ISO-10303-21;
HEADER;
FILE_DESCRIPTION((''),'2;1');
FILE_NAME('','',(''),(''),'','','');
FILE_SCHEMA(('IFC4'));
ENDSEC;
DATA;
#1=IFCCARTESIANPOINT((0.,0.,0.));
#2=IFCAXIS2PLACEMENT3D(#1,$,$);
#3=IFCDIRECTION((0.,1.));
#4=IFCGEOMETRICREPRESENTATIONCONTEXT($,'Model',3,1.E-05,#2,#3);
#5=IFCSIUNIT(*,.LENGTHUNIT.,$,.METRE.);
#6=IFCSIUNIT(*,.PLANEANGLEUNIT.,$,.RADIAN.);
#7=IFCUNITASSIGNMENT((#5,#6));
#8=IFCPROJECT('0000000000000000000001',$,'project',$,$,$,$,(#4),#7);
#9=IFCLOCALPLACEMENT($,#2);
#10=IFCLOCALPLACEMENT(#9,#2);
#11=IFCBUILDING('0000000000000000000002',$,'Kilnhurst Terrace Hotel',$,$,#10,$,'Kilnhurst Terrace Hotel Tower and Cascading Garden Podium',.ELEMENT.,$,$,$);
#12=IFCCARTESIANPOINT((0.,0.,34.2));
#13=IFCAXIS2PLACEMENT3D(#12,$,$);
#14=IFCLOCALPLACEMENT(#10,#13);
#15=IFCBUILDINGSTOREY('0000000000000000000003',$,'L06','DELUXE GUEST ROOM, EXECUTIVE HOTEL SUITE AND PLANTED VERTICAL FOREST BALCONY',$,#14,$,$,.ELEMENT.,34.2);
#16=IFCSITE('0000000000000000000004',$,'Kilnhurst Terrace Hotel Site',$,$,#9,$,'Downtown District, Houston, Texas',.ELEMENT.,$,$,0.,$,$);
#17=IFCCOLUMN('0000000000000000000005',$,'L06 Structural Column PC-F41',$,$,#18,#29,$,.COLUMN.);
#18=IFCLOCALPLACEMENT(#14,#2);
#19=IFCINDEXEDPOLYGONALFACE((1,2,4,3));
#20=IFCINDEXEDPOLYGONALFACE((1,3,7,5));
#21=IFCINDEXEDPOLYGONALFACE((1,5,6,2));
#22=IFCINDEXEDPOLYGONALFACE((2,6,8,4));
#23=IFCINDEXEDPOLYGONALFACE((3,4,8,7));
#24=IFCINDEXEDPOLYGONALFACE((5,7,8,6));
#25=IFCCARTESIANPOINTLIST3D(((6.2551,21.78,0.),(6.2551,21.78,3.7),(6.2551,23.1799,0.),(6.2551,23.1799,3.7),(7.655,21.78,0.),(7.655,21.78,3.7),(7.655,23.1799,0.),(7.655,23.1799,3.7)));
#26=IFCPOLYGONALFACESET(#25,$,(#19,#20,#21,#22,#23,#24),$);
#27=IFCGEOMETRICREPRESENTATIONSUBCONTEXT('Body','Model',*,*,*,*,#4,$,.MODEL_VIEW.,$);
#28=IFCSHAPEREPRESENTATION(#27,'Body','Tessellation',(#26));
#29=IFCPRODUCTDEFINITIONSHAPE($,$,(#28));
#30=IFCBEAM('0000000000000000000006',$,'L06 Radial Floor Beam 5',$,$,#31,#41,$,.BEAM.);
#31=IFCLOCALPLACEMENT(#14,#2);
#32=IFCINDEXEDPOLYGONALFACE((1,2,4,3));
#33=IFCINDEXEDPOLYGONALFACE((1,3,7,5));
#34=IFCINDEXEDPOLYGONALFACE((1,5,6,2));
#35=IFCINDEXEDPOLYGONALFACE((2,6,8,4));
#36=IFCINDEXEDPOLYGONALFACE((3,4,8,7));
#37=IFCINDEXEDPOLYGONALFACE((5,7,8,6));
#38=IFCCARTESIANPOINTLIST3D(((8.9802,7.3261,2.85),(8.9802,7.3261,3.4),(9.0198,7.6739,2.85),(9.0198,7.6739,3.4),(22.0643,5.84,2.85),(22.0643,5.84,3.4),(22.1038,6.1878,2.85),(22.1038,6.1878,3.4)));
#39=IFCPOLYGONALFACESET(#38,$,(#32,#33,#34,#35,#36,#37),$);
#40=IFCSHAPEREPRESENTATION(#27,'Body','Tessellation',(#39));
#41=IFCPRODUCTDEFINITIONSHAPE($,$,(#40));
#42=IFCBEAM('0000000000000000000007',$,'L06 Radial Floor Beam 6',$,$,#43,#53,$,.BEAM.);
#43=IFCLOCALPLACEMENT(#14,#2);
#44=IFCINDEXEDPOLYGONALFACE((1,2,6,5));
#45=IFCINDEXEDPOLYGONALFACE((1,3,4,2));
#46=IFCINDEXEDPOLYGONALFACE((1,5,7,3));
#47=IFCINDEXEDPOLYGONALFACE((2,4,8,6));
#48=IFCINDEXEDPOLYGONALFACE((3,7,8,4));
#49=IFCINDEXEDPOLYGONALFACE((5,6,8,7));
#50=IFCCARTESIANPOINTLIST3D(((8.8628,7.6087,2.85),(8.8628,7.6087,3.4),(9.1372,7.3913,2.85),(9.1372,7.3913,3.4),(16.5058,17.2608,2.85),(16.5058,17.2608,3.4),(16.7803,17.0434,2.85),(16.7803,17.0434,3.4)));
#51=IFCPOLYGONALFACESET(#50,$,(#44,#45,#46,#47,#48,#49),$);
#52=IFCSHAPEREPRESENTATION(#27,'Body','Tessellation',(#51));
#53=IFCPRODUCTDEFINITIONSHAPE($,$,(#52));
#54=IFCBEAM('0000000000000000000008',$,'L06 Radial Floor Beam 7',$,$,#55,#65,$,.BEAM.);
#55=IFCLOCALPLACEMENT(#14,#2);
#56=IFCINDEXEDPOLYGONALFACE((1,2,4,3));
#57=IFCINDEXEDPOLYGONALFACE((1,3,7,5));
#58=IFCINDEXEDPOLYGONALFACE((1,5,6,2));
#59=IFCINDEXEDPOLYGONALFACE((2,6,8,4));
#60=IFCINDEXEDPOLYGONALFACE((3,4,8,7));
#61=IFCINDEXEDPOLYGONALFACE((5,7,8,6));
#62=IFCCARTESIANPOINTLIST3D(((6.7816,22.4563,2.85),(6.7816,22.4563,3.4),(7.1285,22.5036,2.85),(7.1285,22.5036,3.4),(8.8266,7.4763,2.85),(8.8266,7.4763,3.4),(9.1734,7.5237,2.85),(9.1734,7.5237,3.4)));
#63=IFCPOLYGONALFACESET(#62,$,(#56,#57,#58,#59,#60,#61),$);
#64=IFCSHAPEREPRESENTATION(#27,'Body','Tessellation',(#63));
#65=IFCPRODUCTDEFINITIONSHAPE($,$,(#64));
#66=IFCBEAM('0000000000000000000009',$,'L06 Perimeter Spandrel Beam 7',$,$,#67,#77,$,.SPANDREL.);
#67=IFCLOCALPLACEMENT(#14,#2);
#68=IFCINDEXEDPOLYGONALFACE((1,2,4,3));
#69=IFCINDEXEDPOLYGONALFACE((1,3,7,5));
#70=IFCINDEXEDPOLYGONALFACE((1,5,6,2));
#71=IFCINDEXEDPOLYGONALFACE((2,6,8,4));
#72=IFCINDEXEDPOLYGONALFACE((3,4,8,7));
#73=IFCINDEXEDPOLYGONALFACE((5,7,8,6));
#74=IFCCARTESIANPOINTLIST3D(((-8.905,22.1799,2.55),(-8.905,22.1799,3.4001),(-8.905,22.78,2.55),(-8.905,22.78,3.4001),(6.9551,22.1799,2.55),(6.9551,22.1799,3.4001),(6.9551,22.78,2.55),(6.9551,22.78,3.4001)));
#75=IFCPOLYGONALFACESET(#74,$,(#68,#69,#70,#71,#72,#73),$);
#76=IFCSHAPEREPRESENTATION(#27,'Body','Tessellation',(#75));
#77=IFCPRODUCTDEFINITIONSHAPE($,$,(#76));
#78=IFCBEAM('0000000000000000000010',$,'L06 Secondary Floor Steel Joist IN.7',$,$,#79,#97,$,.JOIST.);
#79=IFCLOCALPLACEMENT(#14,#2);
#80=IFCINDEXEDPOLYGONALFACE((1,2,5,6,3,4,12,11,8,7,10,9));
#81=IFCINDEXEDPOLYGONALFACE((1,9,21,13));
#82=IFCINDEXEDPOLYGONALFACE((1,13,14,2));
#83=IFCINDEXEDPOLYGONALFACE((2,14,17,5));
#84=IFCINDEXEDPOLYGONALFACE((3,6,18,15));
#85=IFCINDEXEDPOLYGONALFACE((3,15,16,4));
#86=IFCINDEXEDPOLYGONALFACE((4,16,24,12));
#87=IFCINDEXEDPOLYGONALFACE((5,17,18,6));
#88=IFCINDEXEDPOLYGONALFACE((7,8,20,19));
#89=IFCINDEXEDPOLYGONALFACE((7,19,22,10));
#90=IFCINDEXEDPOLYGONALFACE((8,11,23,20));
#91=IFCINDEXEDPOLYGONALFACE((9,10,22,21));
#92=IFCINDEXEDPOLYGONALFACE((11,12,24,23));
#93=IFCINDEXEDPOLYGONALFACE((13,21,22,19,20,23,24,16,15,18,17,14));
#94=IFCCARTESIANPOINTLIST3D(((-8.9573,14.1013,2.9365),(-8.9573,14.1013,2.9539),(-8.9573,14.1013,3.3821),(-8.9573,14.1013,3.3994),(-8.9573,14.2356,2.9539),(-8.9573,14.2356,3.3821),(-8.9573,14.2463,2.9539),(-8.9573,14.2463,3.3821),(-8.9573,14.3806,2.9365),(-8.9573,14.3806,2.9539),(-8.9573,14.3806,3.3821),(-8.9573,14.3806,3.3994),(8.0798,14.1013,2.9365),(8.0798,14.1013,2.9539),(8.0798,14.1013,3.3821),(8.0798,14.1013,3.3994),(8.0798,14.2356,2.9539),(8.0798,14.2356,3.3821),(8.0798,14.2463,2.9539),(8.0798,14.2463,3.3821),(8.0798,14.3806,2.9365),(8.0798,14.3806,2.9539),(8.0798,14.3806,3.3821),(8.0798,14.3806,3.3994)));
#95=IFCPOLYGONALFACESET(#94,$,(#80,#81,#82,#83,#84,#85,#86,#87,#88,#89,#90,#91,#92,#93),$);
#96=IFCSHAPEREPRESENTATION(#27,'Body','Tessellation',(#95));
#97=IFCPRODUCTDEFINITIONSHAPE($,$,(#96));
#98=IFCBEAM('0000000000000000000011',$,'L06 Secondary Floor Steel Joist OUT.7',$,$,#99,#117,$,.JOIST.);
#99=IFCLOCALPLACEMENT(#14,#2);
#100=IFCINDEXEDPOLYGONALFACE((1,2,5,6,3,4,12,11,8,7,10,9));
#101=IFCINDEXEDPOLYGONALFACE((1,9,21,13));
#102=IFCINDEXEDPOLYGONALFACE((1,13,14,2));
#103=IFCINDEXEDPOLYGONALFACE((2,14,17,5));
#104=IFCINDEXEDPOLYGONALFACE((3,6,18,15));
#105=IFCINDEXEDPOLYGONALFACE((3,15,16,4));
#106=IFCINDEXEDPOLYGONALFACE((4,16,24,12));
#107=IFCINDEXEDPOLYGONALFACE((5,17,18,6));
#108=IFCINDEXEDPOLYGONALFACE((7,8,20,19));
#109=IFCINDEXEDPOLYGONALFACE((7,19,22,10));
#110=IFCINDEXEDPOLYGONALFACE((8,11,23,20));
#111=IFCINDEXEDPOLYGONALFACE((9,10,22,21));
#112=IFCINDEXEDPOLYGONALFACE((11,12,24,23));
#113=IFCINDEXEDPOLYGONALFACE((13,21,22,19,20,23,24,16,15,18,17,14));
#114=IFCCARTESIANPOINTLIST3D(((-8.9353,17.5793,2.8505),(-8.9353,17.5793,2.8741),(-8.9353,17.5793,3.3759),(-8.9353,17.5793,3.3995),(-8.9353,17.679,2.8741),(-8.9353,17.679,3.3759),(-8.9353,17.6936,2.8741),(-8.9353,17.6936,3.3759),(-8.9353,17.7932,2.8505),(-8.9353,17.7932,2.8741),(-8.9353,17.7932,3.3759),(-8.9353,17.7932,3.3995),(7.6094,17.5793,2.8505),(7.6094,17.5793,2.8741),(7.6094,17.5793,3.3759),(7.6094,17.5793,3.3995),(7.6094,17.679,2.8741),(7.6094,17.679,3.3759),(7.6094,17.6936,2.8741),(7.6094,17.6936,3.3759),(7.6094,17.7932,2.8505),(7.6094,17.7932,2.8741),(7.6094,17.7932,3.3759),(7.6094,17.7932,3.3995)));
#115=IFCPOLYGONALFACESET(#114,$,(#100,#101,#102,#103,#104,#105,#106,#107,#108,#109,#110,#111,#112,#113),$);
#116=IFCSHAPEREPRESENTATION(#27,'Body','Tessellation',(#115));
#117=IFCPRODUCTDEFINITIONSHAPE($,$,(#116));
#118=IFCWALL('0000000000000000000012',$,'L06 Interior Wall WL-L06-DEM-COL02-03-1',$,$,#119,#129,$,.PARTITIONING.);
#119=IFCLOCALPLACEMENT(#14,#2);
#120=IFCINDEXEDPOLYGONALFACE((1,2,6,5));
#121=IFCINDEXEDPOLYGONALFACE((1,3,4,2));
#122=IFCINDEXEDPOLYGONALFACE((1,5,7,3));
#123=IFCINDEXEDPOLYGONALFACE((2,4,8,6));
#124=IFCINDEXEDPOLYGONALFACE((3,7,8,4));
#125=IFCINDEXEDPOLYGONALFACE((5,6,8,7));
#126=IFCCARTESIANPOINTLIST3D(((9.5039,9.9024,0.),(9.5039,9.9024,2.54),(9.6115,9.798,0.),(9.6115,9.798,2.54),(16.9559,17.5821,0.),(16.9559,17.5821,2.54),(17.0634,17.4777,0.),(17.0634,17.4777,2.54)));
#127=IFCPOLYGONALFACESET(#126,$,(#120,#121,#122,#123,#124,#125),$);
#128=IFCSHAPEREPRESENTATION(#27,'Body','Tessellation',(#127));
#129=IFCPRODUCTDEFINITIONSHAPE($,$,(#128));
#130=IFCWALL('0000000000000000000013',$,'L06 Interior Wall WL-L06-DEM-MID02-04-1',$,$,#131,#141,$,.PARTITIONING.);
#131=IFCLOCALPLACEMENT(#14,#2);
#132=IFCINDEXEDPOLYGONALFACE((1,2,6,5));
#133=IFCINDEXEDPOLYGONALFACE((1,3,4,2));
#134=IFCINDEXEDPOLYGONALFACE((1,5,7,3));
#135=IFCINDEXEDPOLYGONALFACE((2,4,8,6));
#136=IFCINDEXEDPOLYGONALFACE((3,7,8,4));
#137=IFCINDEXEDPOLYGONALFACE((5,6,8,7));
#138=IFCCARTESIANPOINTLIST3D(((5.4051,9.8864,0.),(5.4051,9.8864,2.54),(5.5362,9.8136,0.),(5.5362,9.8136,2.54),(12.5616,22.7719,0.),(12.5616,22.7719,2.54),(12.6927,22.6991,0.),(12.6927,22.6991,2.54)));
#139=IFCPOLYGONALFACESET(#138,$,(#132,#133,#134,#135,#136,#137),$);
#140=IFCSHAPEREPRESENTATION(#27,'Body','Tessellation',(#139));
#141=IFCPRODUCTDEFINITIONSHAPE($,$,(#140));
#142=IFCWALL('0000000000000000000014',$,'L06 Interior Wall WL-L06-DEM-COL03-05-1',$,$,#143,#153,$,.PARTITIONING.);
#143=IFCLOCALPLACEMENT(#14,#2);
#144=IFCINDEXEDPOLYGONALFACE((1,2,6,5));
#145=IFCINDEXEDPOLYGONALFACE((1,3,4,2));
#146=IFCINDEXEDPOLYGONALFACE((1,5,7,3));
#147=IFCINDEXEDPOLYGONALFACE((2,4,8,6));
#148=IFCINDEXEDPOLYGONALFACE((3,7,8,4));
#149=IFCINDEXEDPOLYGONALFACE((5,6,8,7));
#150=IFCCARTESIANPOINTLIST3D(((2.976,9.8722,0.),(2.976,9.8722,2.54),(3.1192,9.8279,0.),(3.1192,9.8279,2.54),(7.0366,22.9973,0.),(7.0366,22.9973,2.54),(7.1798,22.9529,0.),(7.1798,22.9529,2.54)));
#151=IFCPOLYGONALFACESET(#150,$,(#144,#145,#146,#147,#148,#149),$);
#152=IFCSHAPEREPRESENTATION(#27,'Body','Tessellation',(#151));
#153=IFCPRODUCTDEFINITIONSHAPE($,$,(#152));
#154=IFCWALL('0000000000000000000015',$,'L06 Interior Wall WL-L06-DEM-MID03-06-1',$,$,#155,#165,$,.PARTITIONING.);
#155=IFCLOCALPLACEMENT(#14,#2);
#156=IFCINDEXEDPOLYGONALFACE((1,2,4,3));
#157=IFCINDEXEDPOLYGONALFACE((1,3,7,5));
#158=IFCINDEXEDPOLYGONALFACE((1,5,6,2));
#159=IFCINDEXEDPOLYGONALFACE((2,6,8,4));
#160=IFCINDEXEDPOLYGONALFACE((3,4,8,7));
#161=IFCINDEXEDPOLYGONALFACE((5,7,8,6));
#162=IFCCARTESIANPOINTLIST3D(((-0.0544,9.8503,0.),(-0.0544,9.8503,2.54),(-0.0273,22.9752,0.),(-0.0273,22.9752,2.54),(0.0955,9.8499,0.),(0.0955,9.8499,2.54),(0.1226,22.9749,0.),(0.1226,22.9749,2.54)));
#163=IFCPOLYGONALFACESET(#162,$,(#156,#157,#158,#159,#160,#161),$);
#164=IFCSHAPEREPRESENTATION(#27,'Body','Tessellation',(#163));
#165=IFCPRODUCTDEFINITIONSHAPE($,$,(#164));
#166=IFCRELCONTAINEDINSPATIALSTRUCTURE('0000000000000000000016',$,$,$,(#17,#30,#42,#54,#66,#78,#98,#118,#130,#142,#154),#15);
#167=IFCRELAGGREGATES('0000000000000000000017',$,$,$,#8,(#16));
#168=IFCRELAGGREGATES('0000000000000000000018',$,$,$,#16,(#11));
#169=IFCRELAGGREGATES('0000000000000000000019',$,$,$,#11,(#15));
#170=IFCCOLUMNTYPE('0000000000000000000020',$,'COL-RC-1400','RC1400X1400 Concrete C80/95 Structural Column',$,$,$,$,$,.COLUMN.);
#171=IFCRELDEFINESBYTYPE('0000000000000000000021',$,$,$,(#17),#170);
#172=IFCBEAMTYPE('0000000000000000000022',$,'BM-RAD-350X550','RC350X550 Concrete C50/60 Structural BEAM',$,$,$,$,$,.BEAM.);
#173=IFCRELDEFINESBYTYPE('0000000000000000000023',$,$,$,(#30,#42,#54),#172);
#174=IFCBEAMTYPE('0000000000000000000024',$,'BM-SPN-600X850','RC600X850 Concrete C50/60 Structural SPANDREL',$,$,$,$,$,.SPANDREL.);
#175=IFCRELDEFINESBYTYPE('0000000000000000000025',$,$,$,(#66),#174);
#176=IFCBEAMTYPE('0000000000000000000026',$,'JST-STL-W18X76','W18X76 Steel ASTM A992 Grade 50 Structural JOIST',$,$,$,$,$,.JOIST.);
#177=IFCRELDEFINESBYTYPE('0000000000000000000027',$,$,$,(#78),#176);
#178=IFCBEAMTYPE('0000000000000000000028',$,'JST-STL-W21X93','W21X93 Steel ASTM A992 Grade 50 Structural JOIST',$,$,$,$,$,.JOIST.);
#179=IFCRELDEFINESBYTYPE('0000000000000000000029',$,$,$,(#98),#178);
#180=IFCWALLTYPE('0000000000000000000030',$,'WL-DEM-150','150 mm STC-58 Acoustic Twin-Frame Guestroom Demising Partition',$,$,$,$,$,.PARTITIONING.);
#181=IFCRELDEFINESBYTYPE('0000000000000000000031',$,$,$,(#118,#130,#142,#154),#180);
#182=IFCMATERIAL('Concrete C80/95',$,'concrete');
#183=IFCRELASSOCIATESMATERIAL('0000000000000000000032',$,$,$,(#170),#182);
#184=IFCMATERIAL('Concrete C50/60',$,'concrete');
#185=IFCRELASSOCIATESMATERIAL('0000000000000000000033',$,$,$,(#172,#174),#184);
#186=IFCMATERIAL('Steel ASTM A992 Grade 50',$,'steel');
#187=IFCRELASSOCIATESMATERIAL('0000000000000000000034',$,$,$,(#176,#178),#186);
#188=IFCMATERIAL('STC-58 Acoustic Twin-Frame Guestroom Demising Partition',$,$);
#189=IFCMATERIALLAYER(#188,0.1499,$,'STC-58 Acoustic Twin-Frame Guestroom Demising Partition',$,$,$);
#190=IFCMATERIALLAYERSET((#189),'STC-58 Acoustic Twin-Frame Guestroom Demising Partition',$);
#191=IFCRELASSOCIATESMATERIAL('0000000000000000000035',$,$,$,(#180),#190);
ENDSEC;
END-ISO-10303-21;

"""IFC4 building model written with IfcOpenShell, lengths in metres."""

from ifc_helpers import new_model, si_unit, direction, frame, frame_2d, origin, origin_2d, place, context, subcontext, project, spatial, rectangle, i_section, extrude, material, layer, layer_set, material_profile, profile_set, type_object, element, save


model = new_model("IFC4")

# Units and contexts
model_context = context("Model", 3, precision=1e-05, world=origin(), true_north=direction((0.0, 1.0)))
body_context = subcontext(model_context, "Body", "Model", "MODEL_VIEW")
ifc_project = project(units=[si_unit("LENGTHUNIT", "METRE"), si_unit("PLANEANGLEUNIT", "RADIAN")], contexts=[model_context])

# Site, building, storey
site_placement = place(None, origin())
site = spatial("IfcSite", under=ifc_project, at=site_placement, Name="Kilnhurst Terrace Hotel Site", LongName="Downtown District, Houston, Texas", CompositionType="ELEMENT", RefElevation=0.0)
building_placement = place(site_placement, origin())
building = spatial("IfcBuilding", under=site, at=building_placement, Name="Kilnhurst Terrace Hotel", LongName="Kilnhurst Terrace Hotel Tower and Cascading Garden Podium", CompositionType="ELEMENT")
storey_placement = place(building_placement, frame((0.0, 0.0, 34.2)))
storey = spatial("IfcBuildingStorey", under=building, at=storey_placement, Name="L06", Description="DELUXE GUEST ROOM, EXECUTIVE HOTEL SUITE AND PLANTED VERTICAL FOREST BALCONY", CompositionType="ELEMENT", Elevation=34.2)

# Column
ifc_material_1 = material(Name="Concrete C80/95", Category="concrete")
ifc_material_profile_1 = material_profile(ifc_material_1, rectangle(XDim=1.3999, YDim=1.3999, at=origin_2d()), Name="RC1400X1400")
ifc_profile_set_1 = profile_set([ifc_material_profile_1], Name="Concrete C80/95")
column_type = type_object("IfcColumnType", Name="COL-RC-1400", Description="RC1400X1400 Concrete C80/95 Structural Column", PredefinedType="COLUMN", material=ifc_profile_set_1)
column_placement = place(storey_placement, frame((6.9551, 22.48, 0.0), z_axis=(0.0, 0.0, 1.0), x_axis=(1.0, 0.0, 0.0)))
element("IfcColumn", 1, at=column_placement, inside=storey, type_object=column_type, Name="L06 Structural Column PC-F41", PredefinedType="COLUMN", context=body_context, shape_type="SweptSolid", body=[
    extrude(rectangle(XDim=1.3999, YDim=1.3999, at=origin_2d()), origin(), (0.0, 0.0, 1.0), 3.7),
])

# Beams
ifc_material_2 = material(Name="Concrete C50/60", Category="concrete")
ifc_material_profile_2 = material_profile(ifc_material_2, rectangle(XDim=0.3501, YDim=0.55, at=origin_2d()), Name="RC350X550")
ifc_profile_set_2 = profile_set([ifc_material_profile_2], Name="Concrete C50/60")
beam_type_1 = type_object("IfcBeamType", Name="BM-RAD-350X550", Description="RC350X550 Concrete C50/60 Structural BEAM", PredefinedType="BEAM", material=ifc_profile_set_2)
beam_1_placement = place(storey_placement, frame((9.0, 7.5, 3.125), z_axis=(0.993611, -0.112855, 0.0), x_axis=(0.112855, 0.993611, 0.0)))
element("IfcBeam", 2, at=beam_1_placement, inside=storey, type_object=beam_type_1, Name="L06 Radial Floor Beam 5", PredefinedType="BEAM", context=body_context, shape_type="SweptSolid", body=[
    extrude(rectangle(XDim=0.3501, YDim=0.55, at=origin_2d()), origin(), (0.0, 0.0, 1.0), 13.1682),
])
beam_2_placement = place(storey_placement, frame((9.0, 7.5, 3.125), z_axis=(0.620794, 0.783974, 0.0), x_axis=(-0.783974, 0.620794, 0.0)))
element("IfcBeam", 3, at=beam_2_placement, inside=storey, type_object=beam_type_1, Name="L06 Radial Floor Beam 6", PredefinedType="BEAM", context=body_context, shape_type="SweptSolid", body=[
    extrude(rectangle(XDim=0.3501, YDim=0.55, at=origin_2d()), origin(), (0.0, 0.0, 1.0), 12.3118),
])
beam_3_placement = place(storey_placement, frame((9.0, 7.5, 3.125), z_axis=(-0.135256, 0.990811, 0.0), x_axis=(-0.990811, -0.135256, 0.0)))
element("IfcBeam", 4, at=beam_3_placement, inside=storey, type_object=beam_type_1, Name="L06 Radial Floor Beam 7", PredefinedType="BEAM", context=body_context, shape_type="SweptSolid", body=[
    extrude(rectangle(XDim=0.3501, YDim=0.55, at=origin_2d()), origin(), (0.0, 0.0, 1.0), 15.1189),
])
ifc_material_profile_3 = material_profile(ifc_material_2, rectangle(XDim=0.6001, YDim=0.8501, at=origin_2d()), Name="RC600X850")
ifc_profile_set_3 = profile_set([ifc_material_profile_3], Name="Concrete C50/60")
beam_type_2 = type_object("IfcBeamType", Name="BM-SPN-600X850", Description="RC600X850 Concrete C50/60 Structural SPANDREL", PredefinedType="SPANDREL", material=ifc_profile_set_3)
beam_4_placement = place(storey_placement, frame((6.9551, 22.48, 2.9751), z_axis=(-1.0, 0.0, 0.0), x_axis=(0.0, -1.0, 0.0)))
element("IfcBeam", 5, at=beam_4_placement, inside=storey, type_object=beam_type_2, Name="L06 Perimeter Spandrel Beam 7", PredefinedType="SPANDREL", context=body_context, shape_type="SweptSolid", body=[
    extrude(rectangle(XDim=0.6001, YDim=0.8501, at=origin_2d()), origin(), (0.0, 0.0, 1.0), 15.8601),
])
ifc_material_3 = material(Name="Steel ASTM A992 Grade 50", Category="steel")
ifc_material_profile_4 = material_profile(ifc_material_3, i_section(OverallWidth=0.2793, OverallDepth=0.4629, WebThickness=0.0107, FlangeThickness=0.0173, at=origin_2d()), Name="W18X76")
ifc_profile_set_4 = profile_set([ifc_material_profile_4], Name="Steel ASTM A992 Grade 50")
beam_type_3 = type_object("IfcBeamType", Name="JST-STL-W18X76", Description="W18X76 Steel ASTM A992 Grade 50 Structural JOIST", PredefinedType="JOIST", material=ifc_profile_set_4)
beam_5_placement = place(storey_placement, frame((8.0798, 14.241, 3.168), z_axis=(-1.0, 0.0, 0.0), x_axis=(0.0, -1.0, 0.0)))
element("IfcBeam", 6, at=beam_5_placement, inside=storey, type_object=beam_type_3, Name="L06 Secondary Floor Steel Joist IN.7", PredefinedType="JOIST", context=body_context, shape_type="SweptSolid", body=[
    extrude(i_section(OverallWidth=0.2793, OverallDepth=0.4629, WebThickness=0.0107, FlangeThickness=0.0173, at=origin_2d()), origin(), (0.0, 0.0, 1.0), 17.0371),
])
ifc_material_profile_5 = material_profile(ifc_material_3, i_section(OverallWidth=0.2139, OverallDepth=0.5491, WebThickness=0.0146, FlangeThickness=0.0237, at=origin_2d()), Name="W21X93")
ifc_profile_set_5 = profile_set([ifc_material_profile_5], Name="Steel ASTM A992 Grade 50")
beam_type_4 = type_object("IfcBeamType", Name="JST-STL-W21X93", Description="W21X93 Steel ASTM A992 Grade 50 Structural JOIST", PredefinedType="JOIST", material=ifc_profile_set_5)
beam_6_placement = place(storey_placement, frame((7.6094, 17.6863, 3.125), z_axis=(-1.0, 0.0, 0.0), x_axis=(0.0, -1.0, 0.0)))
element("IfcBeam", 7, at=beam_6_placement, inside=storey, type_object=beam_type_4, Name="L06 Secondary Floor Steel Joist OUT.7", PredefinedType="JOIST", context=body_context, shape_type="SweptSolid", body=[
    extrude(i_section(OverallWidth=0.2139, OverallDepth=0.5491, WebThickness=0.0146, FlangeThickness=0.0237, at=origin_2d()), origin(), (0.0, 0.0, 1.0), 16.5447),
])

# Walls
ifc_material_4 = material(Name="STC-58 Acoustic Twin-Frame Guestroom Demising Partition")
ifc_layer_1 = layer(ifc_material_4, 0.1499, Name="STC-58 Acoustic Twin-Frame Guestroom Demising Partition")
ifc_layer_set_1 = layer_set([ifc_layer_1], Name="STC-58 Acoustic Twin-Frame Guestroom Demising Partition")
wall_type_1 = type_object("IfcWallType", Name="WL-DEM-150", Description="150 mm STC-58 Acoustic Twin-Frame Guestroom Demising Partition", PredefinedType="PARTITIONING", material=ifc_layer_set_1)
wall_1_placement = place(storey_placement, frame((9.5576, 9.8501, 0.0), z_axis=(0.0, 0.0, 1.0), x_axis=(0.696383, 0.71767, 0.0)))
element("IfcWall", 8, at=wall_1_placement, inside=storey, type_object=wall_type_1, Name="L06 Interior Wall WL-L06-DEM-COL02-03-1", PredefinedType="PARTITIONING", context=body_context, shape_type="SweptSolid", body=[
    extrude(rectangle(XDim=10.7009, YDim=0.1499, at=frame_2d((5.3506, 0.0))), origin(), (0.0, 0.0, 1.0), 2.54),
])
wall_2_placement = place(storey_placement, frame((5.4707, 9.8501, 0.0), z_axis=(0.0, 0.0, 1.0), x_axis=(0.485533, 0.874218, 0.0)))
element("IfcWall", 9, at=wall_2_placement, inside=storey, type_object=wall_type_1, Name="L06 Interior Wall WL-L06-DEM-MID02-04-1", PredefinedType="PARTITIONING", context=body_context, shape_type="SweptSolid", body=[
    extrude(rectangle(XDim=14.7395, YDim=0.1499, at=frame_2d((7.3696, 0.0))), origin(), (0.0, 0.0, 1.0), 2.54),
])
wall_3_placement = place(storey_placement, frame((3.0476, 9.8501, 0.0), z_axis=(0.0, 0.0, 1.0), x_axis=(0.295554, 0.955326, 0.0)))
element("IfcWall", 10, at=wall_3_placement, inside=storey, type_object=wall_type_1, Name="L06 Interior Wall WL-L06-DEM-COL03-05-1", PredefinedType="PARTITIONING", context=body_context, shape_type="SweptSolid", body=[
    extrude(rectangle(XDim=13.7388, YDim=0.1499, at=frame_2d((6.8694, 0.0))), origin(), (0.0, 0.0, 1.0), 2.54),
])
wall_4_placement = place(storey_placement, frame((0.0205, 9.8501, 0.0), z_axis=(0.0, 0.0, 1.0), x_axis=(0.002065, 0.999998, 0.0)))
element("IfcWall", 11, at=wall_4_placement, inside=storey, type_object=wall_type_1, Name="L06 Interior Wall WL-L06-DEM-MID03-06-1", PredefinedType="PARTITIONING", context=body_context, shape_type="SweptSolid", body=[
    extrude(rectangle(XDim=13.125, YDim=0.1499, at=frame_2d((6.5625, 0.0))), origin(), (0.0, 0.0, 1.0), 2.54),
])

save(model, "model.ifc")
